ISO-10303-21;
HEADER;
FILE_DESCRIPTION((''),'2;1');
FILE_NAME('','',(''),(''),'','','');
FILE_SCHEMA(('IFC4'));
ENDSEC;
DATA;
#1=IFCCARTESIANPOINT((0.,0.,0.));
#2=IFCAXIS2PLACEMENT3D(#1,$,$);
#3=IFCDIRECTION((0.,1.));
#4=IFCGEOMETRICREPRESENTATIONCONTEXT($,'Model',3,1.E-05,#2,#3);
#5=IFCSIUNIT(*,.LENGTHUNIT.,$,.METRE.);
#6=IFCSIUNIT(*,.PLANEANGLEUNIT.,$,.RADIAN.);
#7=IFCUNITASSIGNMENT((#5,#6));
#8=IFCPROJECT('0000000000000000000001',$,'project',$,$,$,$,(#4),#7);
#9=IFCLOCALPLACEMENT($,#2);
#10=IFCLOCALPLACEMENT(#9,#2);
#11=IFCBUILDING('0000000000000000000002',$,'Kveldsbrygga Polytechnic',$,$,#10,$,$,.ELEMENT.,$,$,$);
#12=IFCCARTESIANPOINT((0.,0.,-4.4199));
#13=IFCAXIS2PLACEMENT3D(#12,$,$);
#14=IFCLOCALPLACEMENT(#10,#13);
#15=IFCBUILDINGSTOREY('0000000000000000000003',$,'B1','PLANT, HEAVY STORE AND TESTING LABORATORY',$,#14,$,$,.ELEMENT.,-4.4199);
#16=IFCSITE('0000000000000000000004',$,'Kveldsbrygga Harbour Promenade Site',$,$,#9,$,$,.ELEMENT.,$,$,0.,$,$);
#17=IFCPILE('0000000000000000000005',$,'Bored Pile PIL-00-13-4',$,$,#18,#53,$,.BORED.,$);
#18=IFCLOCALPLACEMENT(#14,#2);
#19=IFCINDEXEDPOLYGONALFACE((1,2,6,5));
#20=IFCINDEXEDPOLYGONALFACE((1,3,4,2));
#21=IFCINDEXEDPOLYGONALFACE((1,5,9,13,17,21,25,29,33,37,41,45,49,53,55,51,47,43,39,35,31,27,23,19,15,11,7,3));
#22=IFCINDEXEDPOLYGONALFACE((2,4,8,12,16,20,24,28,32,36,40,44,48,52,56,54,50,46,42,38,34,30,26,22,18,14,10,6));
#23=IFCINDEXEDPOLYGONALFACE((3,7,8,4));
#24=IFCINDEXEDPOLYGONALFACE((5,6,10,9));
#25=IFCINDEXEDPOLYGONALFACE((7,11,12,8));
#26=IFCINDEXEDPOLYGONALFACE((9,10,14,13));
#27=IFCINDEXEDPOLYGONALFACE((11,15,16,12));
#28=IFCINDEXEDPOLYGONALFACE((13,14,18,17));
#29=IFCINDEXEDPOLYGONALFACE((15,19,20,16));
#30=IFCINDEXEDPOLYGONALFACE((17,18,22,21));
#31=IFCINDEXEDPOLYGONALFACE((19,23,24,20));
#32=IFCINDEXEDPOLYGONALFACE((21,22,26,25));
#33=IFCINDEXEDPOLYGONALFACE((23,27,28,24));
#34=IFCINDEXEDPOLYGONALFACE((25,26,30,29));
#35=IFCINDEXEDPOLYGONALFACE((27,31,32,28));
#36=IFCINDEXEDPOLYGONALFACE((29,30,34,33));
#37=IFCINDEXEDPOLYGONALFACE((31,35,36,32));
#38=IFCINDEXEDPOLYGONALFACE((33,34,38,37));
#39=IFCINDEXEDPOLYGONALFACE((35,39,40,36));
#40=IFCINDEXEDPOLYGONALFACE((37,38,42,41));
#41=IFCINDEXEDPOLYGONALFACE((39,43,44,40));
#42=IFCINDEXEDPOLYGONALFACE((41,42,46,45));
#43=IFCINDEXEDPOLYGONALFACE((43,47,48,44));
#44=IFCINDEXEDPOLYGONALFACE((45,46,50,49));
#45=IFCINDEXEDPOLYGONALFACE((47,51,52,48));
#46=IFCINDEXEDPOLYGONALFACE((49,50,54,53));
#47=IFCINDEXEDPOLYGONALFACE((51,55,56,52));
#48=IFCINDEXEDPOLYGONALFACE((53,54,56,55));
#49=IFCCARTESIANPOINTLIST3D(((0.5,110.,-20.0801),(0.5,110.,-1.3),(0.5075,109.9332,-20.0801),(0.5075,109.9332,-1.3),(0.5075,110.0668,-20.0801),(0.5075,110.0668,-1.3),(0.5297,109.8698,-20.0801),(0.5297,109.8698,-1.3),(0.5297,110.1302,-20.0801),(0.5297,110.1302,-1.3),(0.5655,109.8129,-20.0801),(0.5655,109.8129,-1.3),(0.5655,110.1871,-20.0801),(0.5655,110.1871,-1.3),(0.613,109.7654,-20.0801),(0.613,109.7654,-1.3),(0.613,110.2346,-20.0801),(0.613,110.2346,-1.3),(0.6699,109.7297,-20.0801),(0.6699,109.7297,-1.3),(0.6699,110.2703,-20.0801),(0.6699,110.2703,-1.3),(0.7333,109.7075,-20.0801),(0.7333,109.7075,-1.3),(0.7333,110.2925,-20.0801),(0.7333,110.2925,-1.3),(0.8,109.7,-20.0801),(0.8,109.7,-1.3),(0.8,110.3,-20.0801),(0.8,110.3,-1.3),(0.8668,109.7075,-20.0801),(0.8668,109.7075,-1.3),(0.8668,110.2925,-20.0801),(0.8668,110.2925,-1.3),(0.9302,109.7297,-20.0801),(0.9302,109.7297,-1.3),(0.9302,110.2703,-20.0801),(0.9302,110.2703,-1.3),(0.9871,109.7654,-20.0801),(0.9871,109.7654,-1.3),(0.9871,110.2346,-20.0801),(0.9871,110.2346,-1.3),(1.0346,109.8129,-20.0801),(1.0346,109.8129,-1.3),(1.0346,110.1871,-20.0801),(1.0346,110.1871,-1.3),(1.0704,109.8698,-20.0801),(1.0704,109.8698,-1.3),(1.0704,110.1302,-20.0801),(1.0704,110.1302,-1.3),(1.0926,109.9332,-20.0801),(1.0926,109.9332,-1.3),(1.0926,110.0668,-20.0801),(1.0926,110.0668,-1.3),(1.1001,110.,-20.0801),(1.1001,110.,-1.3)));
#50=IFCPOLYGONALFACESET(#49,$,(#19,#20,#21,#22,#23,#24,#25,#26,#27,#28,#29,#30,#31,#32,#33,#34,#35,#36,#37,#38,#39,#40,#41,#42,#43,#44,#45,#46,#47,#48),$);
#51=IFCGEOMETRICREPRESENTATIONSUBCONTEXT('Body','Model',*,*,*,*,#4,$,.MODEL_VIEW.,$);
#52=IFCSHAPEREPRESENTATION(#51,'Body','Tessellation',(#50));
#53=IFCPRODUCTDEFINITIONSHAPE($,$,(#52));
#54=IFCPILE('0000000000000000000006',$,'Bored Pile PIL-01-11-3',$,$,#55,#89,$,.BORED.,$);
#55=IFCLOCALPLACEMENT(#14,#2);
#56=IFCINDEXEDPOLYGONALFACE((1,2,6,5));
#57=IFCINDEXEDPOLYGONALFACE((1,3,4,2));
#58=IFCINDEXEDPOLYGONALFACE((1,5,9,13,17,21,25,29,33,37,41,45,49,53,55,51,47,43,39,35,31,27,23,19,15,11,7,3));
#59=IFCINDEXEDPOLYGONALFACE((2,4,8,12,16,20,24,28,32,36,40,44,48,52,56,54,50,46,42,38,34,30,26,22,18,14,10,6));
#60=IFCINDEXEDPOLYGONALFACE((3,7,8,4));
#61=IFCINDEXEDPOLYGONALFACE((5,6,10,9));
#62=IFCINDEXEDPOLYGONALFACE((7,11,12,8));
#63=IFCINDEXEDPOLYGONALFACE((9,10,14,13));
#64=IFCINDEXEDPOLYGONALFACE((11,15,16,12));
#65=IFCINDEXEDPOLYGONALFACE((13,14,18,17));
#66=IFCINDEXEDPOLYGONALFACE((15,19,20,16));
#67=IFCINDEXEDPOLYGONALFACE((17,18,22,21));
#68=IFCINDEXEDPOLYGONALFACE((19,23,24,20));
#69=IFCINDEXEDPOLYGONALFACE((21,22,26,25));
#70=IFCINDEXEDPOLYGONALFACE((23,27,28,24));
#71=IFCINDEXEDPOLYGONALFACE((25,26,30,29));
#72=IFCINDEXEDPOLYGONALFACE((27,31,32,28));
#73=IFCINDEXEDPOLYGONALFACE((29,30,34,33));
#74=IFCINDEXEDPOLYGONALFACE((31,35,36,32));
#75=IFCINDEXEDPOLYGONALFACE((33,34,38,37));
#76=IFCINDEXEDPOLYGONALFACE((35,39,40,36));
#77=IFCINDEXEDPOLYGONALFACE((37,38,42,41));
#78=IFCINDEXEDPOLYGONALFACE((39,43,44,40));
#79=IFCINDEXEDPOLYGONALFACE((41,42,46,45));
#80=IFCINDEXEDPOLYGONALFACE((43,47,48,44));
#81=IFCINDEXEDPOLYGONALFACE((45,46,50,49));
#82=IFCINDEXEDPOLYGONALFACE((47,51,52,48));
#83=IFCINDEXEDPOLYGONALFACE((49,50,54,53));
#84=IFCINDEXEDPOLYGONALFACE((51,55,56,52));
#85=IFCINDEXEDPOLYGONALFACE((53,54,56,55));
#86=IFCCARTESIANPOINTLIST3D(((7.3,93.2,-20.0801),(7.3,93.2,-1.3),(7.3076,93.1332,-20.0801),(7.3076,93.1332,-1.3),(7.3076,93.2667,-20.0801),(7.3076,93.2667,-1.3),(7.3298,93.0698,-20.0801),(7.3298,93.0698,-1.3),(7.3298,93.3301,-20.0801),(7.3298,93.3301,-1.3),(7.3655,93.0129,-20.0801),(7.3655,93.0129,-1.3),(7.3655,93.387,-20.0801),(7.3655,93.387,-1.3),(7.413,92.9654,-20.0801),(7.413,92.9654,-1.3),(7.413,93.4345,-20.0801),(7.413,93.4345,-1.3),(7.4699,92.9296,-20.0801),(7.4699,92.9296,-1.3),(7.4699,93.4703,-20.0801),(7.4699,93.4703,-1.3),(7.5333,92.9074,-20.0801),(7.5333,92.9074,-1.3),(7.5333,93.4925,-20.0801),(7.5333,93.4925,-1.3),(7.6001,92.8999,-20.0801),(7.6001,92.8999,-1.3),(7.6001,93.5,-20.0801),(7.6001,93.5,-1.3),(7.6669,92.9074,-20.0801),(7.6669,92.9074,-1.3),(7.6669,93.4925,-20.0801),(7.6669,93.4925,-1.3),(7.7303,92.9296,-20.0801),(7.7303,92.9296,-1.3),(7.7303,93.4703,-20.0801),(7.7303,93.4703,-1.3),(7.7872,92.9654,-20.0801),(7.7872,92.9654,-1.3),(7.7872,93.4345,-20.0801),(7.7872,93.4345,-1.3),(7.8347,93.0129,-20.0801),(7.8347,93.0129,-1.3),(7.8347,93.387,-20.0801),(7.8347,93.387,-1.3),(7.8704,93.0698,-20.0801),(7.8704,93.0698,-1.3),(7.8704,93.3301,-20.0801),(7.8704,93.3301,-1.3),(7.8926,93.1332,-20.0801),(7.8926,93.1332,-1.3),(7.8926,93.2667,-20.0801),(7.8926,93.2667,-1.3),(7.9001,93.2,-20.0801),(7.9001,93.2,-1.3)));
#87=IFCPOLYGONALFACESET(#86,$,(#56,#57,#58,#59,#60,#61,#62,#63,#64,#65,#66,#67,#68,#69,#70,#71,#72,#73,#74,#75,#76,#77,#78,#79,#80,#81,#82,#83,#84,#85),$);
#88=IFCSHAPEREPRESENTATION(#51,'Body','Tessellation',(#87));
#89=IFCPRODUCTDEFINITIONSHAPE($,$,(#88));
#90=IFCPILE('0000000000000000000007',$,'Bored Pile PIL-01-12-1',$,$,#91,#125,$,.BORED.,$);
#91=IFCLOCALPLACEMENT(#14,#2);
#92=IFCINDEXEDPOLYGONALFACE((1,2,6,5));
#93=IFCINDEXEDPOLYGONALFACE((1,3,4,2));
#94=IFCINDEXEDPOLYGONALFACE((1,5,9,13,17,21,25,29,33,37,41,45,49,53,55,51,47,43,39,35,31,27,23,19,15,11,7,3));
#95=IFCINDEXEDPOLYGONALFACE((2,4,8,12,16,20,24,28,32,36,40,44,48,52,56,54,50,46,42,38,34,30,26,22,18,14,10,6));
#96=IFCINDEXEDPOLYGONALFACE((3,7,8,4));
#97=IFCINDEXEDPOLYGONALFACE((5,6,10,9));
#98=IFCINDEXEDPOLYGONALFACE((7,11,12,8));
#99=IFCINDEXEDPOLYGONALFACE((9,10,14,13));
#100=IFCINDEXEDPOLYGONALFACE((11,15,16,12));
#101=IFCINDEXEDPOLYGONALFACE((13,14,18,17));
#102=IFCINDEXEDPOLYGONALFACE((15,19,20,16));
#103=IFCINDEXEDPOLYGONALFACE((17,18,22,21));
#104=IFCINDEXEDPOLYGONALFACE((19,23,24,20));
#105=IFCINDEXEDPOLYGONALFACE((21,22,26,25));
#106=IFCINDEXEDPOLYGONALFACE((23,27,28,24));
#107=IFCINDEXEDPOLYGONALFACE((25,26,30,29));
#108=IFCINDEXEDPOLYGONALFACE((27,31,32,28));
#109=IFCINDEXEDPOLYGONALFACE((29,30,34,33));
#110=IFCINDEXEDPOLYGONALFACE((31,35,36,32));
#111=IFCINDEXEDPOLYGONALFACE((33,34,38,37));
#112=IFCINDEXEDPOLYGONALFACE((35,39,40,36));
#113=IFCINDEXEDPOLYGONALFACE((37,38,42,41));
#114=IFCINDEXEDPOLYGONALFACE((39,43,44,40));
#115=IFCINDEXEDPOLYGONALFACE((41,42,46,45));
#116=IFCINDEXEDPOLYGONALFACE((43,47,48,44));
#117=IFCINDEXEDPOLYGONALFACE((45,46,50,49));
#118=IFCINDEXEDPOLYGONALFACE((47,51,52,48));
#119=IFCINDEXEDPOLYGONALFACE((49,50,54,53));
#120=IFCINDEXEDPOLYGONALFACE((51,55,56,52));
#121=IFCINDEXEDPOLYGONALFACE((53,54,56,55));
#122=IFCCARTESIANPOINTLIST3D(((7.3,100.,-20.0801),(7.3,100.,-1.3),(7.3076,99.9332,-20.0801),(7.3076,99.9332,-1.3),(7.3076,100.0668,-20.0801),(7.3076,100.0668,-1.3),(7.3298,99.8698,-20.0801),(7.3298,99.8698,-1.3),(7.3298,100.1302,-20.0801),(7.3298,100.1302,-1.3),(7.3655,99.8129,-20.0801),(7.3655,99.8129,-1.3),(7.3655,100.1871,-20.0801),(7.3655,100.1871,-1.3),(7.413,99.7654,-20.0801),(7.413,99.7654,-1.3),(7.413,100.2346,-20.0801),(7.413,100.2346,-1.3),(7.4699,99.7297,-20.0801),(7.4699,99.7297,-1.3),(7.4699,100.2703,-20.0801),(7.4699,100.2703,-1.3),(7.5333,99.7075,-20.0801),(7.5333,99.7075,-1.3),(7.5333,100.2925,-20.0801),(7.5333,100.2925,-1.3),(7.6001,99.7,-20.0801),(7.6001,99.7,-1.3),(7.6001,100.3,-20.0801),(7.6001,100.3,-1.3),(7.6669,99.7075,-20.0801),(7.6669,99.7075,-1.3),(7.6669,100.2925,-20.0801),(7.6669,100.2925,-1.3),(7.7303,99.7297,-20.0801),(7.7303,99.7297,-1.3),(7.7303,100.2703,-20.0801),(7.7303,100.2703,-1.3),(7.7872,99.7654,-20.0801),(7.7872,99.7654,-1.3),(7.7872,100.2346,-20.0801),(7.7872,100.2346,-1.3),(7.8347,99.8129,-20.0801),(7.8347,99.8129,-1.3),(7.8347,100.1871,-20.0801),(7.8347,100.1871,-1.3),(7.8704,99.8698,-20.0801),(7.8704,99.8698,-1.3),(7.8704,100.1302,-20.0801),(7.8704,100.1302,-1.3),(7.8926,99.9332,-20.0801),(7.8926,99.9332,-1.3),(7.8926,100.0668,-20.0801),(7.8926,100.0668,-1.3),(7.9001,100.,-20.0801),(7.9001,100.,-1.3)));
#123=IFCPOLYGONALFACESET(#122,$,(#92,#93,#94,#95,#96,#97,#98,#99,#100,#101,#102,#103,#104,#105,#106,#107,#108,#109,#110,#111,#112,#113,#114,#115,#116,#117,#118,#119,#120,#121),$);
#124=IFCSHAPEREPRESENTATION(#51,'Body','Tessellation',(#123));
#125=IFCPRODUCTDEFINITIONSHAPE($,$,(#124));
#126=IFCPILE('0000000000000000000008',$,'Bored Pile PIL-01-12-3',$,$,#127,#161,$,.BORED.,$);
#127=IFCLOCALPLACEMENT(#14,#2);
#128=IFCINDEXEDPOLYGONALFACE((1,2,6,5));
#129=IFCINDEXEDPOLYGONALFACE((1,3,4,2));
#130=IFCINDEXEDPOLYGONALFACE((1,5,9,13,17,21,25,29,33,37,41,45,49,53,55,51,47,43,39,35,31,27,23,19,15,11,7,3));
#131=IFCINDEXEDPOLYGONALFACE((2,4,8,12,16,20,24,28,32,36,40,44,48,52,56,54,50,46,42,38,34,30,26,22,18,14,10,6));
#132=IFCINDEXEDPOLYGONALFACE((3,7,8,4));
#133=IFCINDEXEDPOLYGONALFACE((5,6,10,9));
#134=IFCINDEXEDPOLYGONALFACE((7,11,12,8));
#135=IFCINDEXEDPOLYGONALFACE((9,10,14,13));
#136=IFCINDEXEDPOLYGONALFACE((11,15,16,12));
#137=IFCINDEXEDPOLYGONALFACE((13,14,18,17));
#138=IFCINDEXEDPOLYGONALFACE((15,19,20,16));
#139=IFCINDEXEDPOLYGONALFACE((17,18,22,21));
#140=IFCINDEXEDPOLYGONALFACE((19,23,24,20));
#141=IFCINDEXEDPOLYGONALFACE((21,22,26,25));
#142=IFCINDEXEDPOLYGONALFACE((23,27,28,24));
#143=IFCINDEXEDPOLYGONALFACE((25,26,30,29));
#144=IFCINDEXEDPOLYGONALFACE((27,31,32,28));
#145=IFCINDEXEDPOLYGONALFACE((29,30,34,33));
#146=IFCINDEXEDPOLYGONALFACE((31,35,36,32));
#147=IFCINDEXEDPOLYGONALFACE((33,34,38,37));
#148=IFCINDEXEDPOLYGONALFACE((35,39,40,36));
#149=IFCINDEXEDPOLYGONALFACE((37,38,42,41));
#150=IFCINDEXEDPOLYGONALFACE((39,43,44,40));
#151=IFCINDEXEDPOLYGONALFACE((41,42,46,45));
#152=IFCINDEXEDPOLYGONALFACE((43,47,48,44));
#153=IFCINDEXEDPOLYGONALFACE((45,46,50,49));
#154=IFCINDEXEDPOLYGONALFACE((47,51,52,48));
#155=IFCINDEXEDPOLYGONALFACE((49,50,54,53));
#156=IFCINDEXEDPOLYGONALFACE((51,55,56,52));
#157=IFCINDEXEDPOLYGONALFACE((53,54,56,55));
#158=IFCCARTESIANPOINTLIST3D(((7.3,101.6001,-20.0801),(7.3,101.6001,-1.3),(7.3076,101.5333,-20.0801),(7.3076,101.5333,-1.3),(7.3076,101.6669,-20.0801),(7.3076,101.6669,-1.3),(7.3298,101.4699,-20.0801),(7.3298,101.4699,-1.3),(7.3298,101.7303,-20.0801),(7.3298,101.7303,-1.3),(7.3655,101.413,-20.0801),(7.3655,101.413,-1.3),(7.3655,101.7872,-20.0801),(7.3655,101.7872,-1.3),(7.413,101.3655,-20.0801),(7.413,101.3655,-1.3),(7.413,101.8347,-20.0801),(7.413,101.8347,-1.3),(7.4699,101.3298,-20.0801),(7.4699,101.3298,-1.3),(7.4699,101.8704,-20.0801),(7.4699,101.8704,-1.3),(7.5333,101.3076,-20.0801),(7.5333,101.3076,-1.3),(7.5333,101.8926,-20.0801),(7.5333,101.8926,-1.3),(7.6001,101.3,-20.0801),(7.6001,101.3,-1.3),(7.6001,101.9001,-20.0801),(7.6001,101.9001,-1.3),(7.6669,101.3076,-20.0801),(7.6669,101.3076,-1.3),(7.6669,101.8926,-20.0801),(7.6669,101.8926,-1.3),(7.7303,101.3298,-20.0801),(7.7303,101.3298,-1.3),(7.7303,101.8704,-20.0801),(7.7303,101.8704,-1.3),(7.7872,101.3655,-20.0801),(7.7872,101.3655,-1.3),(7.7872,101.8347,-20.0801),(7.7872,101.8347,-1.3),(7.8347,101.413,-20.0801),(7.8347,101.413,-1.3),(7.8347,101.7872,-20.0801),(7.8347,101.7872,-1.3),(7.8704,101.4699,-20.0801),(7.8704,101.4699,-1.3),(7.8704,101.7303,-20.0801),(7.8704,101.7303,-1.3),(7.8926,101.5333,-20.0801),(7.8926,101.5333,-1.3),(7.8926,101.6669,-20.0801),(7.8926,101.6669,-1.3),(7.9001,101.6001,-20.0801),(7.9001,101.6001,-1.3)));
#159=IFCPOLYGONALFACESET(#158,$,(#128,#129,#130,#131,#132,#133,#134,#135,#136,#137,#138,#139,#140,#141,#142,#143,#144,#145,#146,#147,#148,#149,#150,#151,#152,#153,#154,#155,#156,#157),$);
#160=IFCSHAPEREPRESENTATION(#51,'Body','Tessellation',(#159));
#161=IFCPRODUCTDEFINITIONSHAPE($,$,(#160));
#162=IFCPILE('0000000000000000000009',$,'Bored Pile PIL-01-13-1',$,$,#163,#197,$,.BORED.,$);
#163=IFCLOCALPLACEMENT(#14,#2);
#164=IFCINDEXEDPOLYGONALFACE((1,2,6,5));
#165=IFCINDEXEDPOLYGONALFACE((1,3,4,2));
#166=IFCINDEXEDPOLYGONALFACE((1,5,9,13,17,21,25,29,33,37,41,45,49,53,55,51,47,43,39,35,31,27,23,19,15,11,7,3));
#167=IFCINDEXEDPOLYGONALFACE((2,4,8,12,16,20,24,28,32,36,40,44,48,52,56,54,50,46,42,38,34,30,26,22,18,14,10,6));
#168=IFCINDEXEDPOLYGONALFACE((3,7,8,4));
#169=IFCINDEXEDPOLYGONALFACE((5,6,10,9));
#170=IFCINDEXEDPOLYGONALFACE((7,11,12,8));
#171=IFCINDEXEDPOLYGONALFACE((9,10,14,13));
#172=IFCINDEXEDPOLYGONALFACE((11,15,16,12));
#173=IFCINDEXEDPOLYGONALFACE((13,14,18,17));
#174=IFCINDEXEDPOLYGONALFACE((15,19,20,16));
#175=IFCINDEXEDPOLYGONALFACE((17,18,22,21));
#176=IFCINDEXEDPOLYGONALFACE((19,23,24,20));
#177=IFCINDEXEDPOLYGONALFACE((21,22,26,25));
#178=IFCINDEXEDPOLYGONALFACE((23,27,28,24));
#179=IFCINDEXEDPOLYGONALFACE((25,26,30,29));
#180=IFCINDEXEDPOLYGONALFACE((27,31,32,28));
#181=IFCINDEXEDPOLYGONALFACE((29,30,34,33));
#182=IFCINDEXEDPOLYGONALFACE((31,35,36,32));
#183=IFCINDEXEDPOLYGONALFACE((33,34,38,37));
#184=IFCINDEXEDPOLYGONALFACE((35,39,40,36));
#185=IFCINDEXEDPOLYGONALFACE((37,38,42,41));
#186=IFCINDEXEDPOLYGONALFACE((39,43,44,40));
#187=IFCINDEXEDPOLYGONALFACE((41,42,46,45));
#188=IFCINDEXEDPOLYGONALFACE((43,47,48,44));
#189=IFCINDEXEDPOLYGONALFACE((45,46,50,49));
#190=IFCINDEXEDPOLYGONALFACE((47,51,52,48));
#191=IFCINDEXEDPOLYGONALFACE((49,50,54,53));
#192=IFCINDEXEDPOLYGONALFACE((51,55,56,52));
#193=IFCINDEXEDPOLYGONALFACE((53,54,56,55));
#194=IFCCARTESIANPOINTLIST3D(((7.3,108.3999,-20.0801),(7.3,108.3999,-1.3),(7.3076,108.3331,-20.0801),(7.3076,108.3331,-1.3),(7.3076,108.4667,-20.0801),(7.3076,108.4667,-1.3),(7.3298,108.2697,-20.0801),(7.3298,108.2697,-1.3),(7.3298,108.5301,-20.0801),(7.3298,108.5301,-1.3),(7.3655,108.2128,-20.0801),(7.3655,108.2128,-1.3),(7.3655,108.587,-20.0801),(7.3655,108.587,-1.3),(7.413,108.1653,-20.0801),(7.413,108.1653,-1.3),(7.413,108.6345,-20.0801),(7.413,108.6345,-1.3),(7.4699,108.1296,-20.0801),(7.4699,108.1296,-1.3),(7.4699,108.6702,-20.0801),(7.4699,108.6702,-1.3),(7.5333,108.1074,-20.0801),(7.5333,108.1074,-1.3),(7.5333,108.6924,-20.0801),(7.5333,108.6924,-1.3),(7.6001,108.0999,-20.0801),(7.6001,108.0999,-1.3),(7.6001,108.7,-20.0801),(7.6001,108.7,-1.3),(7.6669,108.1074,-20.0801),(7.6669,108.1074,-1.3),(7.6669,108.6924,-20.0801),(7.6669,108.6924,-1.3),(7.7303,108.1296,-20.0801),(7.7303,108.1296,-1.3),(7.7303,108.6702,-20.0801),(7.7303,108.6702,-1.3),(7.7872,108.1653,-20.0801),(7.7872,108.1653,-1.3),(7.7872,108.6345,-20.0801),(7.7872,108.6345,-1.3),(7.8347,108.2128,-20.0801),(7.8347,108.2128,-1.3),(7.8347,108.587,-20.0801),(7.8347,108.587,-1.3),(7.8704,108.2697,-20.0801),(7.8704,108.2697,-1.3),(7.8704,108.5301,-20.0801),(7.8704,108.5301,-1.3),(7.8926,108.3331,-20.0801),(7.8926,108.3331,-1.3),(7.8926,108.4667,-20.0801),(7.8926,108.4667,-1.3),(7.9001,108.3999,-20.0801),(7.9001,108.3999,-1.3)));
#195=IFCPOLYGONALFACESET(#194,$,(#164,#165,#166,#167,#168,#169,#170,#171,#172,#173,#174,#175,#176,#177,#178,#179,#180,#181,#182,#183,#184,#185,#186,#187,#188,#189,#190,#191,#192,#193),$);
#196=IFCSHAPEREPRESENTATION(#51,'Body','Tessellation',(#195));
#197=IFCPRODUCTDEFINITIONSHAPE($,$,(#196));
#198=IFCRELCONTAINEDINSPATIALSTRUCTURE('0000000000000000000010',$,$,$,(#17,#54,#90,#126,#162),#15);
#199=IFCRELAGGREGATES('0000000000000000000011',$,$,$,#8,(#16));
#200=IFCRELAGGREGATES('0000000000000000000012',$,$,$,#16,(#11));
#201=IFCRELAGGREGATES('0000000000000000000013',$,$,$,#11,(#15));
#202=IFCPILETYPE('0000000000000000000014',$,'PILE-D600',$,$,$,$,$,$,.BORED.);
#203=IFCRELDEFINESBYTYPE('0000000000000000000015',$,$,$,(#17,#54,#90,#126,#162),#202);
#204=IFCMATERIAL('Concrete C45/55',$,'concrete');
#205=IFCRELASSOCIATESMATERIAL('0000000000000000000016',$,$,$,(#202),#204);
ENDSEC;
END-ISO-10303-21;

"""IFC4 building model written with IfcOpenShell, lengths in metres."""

from ifc_helpers import new_model, si_unit, direction, frame, origin, origin_2d, place, context, subcontext, project, spatial, circle, extrude, material, material_profile, profile_set, type_object, element, save


model = new_model("IFC4")

# Units and contexts
model_context = context("Model", 3, precision=1e-05, world=origin(), true_north=direction((0.0, 1.0)))
body_context = subcontext(model_context, "Body", "Model", "MODEL_VIEW")
ifc_project = project(units=[si_unit("LENGTHUNIT", "METRE"), si_unit("PLANEANGLEUNIT", "RADIAN")], contexts=[model_context])

# Site, building, storey
site_placement = place(None, origin())
site = spatial("IfcSite", under=ifc_project, at=site_placement, Name="Kveldsbrygga Harbour Promenade Site", CompositionType="ELEMENT", RefElevation=0.0)
building_placement = place(site_placement, origin())
building = spatial("IfcBuilding", under=site, at=building_placement, Name="Kveldsbrygga Polytechnic", CompositionType="ELEMENT")
storey_placement = place(building_placement, frame((0.0, 0.0, -4.4199)))
storey = spatial("IfcBuildingStorey", under=building, at=storey_placement, Name="B1", Description="PLANT, HEAVY STORE AND TESTING LABORATORY", CompositionType="ELEMENT", Elevation=-4.4199)

# Shared definitions
ifc_material_1 = material(Name="Concrete C45/55", Category="concrete")

# Piles
ifc_material_profile_1 = material_profile(ifc_material_1, circle(Radius=0.3, at=origin_2d()), Name="PILE D600")
ifc_profile_set_1 = profile_set([ifc_material_profile_1], Name="Concrete C45/55")
pile_type = type_object("IfcPileType", Name="PILE-D600", PredefinedType="BORED", material=ifc_profile_set_1)
for number, where, z_axis, x_axis, name in (
    (1, (0.8, 110.0, -1.3), (0.0, 0.0, -1.0), (1.0, 0.0, 0.0), "Bored Pile PIL-00-13-4"),
    (2, (7.6001, 93.2, -1.3), (0.0, 0.0, -1.0), (1.0, 0.0, 0.0), "Bored Pile PIL-01-11-3"),
    (3, (7.6001, 100.0, -1.3), (0.0, 0.0, -1.0), (1.0, 0.0, 0.0), "Bored Pile PIL-01-12-1"),
    (4, (7.6001, 101.6001, -1.3), (0.0, 0.0, -1.0), (1.0, 0.0, 0.0), "Bored Pile PIL-01-12-3"),
    (5, (7.6001, 108.3999, -1.3), (0.0, 0.0, -1.0), (1.0, 0.0, 0.0), "Bored Pile PIL-01-13-1"),
):
    element("IfcPile", number, at=place(storey_placement, frame(where, z_axis=z_axis, x_axis=x_axis)), inside=storey, type_object=pile_type, Name=name, PredefinedType="BORED", context=body_context, shape_type="SweptSolid", body=[
        extrude(circle(Radius=0.3, at=origin_2d()), origin(), (0.0, 0.0, 1.0), 18.78),
    ])

save(model, "model.ifc")
